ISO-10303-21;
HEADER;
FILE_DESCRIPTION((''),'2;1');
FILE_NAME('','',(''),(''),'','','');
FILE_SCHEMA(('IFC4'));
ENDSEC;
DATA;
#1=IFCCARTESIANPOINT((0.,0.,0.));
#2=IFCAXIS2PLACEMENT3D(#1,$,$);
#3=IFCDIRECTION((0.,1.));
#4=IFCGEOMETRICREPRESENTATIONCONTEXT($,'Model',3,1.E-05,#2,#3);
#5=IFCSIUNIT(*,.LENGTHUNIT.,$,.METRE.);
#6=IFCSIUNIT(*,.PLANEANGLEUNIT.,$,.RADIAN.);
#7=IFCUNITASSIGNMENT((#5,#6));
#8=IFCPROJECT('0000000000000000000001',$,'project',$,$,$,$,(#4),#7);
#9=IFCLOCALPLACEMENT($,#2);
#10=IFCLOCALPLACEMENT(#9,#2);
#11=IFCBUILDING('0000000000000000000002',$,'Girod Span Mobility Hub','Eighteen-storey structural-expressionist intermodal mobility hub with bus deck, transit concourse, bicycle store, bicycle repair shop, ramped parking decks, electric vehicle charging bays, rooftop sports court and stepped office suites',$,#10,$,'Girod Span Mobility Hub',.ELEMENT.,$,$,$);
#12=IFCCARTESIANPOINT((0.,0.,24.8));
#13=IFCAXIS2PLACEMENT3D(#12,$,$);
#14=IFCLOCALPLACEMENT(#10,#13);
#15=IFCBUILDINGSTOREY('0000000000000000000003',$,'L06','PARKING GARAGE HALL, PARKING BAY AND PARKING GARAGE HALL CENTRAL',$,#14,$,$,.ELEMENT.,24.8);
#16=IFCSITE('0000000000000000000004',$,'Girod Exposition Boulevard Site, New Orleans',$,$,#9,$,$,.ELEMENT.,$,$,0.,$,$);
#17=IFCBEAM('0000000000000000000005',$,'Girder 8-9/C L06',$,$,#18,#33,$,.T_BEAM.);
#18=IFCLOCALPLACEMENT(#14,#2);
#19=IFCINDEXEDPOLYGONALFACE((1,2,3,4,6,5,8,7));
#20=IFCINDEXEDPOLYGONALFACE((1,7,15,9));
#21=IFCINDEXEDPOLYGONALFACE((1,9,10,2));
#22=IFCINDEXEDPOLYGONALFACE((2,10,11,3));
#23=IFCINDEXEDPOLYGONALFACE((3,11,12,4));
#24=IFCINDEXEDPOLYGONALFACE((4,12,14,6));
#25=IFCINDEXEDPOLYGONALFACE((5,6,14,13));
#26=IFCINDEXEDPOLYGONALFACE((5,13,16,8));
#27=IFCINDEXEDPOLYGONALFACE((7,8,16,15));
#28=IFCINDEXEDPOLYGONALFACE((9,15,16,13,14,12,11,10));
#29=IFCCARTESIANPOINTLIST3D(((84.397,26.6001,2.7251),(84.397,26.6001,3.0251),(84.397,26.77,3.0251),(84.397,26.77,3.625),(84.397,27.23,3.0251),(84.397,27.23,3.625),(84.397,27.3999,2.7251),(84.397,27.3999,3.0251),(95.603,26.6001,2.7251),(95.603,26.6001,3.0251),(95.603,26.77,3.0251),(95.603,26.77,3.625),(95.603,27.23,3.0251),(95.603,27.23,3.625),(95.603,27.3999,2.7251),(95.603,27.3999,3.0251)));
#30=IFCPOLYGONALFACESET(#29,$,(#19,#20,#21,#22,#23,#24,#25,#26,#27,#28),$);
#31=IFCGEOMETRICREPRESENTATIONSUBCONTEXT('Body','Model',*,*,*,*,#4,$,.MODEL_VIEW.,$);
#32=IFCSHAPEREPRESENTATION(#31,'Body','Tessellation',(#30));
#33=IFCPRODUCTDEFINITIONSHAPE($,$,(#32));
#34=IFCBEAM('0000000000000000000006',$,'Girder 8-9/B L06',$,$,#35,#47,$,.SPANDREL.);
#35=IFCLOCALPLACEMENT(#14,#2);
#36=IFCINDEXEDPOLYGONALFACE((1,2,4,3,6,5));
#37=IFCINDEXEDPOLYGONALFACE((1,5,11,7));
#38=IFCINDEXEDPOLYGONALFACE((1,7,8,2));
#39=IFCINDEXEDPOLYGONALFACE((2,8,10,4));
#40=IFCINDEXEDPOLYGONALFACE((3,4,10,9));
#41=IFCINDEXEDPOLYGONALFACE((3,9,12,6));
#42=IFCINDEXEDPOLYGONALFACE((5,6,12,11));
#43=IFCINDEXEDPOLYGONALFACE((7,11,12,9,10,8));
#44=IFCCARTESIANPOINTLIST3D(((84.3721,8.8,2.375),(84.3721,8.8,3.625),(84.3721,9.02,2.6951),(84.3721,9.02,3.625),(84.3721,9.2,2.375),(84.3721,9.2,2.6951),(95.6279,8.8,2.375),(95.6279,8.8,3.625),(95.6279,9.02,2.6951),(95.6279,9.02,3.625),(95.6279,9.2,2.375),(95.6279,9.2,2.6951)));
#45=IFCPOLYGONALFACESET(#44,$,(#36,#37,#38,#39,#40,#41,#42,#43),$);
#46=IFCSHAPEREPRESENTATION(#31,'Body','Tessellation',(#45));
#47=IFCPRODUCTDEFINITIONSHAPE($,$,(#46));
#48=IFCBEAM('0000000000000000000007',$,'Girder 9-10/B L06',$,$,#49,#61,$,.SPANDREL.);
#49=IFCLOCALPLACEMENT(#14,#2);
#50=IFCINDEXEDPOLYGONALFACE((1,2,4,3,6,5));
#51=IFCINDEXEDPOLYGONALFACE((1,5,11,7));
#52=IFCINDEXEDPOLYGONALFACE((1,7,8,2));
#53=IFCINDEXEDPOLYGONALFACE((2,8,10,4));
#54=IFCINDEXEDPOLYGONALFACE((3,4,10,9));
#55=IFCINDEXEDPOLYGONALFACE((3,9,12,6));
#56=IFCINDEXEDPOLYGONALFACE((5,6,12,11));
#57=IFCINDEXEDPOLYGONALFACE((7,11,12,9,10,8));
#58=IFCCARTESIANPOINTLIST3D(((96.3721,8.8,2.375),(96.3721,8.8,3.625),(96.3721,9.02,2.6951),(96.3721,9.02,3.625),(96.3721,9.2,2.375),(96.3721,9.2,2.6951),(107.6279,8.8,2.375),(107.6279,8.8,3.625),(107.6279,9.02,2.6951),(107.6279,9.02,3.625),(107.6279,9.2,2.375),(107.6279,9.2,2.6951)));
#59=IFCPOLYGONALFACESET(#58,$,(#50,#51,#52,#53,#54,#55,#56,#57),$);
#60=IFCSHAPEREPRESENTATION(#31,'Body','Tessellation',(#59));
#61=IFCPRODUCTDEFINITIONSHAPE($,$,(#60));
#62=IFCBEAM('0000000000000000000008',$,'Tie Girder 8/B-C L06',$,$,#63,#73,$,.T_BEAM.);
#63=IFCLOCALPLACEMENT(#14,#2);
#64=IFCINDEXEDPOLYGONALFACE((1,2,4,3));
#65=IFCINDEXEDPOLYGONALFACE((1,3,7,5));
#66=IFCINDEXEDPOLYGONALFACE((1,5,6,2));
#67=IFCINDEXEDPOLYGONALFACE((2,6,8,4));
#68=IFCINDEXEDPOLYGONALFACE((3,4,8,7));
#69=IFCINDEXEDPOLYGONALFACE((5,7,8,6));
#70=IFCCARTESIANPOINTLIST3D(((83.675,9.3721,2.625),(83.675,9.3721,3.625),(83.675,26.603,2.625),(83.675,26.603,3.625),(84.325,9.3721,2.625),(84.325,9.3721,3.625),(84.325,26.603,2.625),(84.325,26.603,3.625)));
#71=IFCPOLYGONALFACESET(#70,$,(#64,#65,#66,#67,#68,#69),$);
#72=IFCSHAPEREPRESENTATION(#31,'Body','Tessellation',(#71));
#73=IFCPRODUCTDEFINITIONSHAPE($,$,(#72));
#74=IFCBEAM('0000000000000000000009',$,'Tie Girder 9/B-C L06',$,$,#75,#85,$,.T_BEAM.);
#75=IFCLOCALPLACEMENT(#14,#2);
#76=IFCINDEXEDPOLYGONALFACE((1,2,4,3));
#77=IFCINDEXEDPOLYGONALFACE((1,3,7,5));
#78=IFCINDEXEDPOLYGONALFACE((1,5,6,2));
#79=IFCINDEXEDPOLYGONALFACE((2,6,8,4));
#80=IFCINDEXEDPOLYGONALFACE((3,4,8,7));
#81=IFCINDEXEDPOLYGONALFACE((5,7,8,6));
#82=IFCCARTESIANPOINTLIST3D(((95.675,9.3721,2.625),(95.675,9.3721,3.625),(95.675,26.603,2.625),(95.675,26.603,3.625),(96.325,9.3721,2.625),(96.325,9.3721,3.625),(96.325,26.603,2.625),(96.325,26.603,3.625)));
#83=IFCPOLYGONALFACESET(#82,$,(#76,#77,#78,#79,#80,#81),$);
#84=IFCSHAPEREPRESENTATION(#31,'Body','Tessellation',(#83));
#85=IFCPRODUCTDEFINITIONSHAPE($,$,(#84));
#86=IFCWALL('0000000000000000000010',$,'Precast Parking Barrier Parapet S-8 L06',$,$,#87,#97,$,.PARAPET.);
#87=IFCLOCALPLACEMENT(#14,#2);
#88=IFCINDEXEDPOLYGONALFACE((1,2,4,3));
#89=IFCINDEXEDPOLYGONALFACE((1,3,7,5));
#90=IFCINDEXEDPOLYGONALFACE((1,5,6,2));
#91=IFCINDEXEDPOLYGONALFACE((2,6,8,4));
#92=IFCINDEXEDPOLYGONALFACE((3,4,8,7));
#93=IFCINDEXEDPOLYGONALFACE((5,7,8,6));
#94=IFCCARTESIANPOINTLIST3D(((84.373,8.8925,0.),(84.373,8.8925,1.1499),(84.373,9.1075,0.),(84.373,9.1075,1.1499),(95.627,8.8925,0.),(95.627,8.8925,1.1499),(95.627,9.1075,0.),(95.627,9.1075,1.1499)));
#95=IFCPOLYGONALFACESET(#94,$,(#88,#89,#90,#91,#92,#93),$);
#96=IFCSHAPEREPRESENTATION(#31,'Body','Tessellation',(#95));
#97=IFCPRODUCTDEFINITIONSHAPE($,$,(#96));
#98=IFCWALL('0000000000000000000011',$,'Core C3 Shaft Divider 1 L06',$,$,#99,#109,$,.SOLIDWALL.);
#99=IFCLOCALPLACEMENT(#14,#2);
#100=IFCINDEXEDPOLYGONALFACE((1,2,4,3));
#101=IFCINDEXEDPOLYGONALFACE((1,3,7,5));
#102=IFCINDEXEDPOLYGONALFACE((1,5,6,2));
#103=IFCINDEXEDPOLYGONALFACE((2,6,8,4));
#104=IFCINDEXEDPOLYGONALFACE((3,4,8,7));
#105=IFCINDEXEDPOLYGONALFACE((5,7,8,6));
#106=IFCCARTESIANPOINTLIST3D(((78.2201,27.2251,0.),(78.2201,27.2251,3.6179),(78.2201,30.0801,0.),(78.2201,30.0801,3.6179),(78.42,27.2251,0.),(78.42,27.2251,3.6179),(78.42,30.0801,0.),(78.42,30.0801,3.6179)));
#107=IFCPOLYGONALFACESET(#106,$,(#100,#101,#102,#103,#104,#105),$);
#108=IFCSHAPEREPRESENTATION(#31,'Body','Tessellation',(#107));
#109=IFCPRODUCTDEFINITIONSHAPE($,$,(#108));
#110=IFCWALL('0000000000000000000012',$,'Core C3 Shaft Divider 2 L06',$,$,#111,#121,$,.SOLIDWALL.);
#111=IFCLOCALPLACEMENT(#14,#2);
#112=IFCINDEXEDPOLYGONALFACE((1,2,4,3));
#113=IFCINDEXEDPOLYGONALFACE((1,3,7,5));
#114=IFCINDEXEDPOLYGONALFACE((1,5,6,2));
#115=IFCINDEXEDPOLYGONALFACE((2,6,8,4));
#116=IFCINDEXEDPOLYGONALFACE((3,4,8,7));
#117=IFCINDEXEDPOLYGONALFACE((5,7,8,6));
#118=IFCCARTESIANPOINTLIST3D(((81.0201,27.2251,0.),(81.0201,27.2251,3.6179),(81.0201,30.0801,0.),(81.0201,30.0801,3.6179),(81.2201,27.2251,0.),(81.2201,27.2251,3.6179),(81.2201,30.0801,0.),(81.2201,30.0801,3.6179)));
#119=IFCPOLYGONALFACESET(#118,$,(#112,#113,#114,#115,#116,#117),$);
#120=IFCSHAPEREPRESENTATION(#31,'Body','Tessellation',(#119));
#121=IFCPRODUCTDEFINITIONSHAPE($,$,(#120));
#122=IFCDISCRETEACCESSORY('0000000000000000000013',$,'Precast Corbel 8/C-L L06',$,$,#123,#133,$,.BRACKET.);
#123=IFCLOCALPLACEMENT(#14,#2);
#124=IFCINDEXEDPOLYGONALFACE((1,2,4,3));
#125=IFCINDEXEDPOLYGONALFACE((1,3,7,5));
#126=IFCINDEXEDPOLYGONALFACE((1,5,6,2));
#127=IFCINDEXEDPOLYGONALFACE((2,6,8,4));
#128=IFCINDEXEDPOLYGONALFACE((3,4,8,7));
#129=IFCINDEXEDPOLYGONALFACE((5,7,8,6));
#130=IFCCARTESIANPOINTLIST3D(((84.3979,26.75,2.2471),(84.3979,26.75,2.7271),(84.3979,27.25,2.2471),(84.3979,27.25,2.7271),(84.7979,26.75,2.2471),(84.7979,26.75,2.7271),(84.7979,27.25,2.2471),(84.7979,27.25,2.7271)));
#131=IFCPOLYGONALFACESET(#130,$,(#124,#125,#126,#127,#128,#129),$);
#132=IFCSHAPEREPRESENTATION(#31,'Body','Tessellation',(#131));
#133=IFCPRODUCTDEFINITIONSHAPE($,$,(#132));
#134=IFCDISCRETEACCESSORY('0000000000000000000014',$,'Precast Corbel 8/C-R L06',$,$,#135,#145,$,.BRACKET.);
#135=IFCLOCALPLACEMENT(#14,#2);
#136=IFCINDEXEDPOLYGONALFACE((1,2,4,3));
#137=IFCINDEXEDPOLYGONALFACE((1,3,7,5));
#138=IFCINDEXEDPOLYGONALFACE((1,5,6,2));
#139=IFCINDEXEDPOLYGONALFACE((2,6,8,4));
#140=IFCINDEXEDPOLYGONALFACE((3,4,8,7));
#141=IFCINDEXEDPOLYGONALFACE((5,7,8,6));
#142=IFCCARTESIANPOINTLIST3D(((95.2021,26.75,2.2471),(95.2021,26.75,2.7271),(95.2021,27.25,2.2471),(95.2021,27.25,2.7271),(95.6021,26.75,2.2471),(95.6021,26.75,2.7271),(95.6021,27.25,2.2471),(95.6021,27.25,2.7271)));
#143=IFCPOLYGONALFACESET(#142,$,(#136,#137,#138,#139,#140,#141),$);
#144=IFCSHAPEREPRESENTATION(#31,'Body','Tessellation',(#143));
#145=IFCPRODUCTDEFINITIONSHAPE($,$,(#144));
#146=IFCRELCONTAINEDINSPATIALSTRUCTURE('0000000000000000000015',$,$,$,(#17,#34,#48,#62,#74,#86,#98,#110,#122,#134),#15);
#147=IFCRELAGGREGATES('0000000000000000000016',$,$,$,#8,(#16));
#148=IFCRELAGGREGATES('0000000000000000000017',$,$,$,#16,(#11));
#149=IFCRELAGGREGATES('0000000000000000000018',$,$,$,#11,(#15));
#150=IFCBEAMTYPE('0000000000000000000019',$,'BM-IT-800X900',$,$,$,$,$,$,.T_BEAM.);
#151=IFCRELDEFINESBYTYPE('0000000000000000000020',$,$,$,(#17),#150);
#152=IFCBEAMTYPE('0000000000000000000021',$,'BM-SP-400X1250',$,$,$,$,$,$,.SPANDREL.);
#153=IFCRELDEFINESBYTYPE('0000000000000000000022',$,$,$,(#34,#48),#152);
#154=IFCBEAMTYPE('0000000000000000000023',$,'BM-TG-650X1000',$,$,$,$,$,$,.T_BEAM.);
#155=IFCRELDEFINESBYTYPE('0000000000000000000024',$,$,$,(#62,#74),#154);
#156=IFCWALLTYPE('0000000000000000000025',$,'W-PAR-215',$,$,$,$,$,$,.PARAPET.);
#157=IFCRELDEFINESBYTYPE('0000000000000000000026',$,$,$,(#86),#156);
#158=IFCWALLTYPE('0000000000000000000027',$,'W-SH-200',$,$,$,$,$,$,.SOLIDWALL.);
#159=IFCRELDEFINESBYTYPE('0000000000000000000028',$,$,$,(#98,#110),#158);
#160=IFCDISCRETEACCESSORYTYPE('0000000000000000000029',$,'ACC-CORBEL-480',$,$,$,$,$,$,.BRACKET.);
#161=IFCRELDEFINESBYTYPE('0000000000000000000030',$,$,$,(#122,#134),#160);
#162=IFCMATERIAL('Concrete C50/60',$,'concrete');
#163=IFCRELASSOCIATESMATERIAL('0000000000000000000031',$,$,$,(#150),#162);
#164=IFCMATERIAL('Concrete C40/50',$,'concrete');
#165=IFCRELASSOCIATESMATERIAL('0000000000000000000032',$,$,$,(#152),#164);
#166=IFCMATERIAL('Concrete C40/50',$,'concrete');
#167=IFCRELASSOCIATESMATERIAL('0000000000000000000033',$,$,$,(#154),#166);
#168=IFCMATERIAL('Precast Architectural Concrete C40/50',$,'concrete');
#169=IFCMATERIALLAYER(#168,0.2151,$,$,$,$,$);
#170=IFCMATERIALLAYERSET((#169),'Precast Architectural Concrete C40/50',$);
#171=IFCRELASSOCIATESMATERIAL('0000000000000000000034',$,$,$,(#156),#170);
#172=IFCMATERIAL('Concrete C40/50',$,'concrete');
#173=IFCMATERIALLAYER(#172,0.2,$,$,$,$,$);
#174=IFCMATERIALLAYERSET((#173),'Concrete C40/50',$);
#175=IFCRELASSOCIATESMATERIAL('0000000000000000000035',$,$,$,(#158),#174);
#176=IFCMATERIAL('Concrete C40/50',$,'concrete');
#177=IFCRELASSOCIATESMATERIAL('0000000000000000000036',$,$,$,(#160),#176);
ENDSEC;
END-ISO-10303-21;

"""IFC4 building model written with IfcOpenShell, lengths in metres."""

from ifc_helpers import new_model, si_unit, direction, frame, frame_2d, origin, origin_2d, place, context, subcontext, project, spatial, polyline, rectangle, outline, extrude, material, layer, layer_set, material_profile, profile_set, type_object, element, save


model = new_model("IFC4")

# Units and contexts
model_context = context("Model", 3, precision=1e-05, world=origin(), true_north=direction((0.0, 1.0)))
body_context = subcontext(model_context, "Body", "Model", "MODEL_VIEW")
ifc_project = project(units=[si_unit("LENGTHUNIT", "METRE"), si_unit("PLANEANGLEUNIT", "RADIAN")], contexts=[model_context])

# Site, building, storey
site_placement = place(None, origin())
site = spatial("IfcSite", under=ifc_project, at=site_placement, Name="Girod Exposition Boulevard Site, New Orleans", CompositionType="ELEMENT", RefElevation=0.0)
building_placement = place(site_placement, origin())
building = spatial("IfcBuilding", under=site, at=building_placement, Name="Girod Span Mobility Hub", Description="Eighteen-storey structural-expressionist intermodal mobility hub with bus deck, transit concourse, bicycle store, bicycle repair shop, ramped parking decks, electric vehicle charging bays, rooftop sports court and stepped office suites", LongName="Girod Span Mobility Hub", CompositionType="ELEMENT")
storey_placement = place(building_placement, frame((0.0, 0.0, 24.8)))
storey = spatial("IfcBuildingStorey", under=building, at=storey_placement, Name="L06", Description="PARKING GARAGE HALL, PARKING BAY AND PARKING GARAGE HALL CENTRAL", CompositionType="ELEMENT", Elevation=24.8)

# Beams
ifc_material_1 = material(Name="Concrete C50/60", Category="concrete")
ifc_material_profile_1 = material_profile(ifc_material_1, outline(polyline([(-0.3999, -0.45), (0.3999, -0.45), (0.3999, -0.1499), (0.23, -0.1499), (0.23, 0.45), (-0.23, 0.45), (-0.23, -0.1499), (-0.3999, -0.1499), (-0.3999, -0.45)])), Name="IT-800X900")
ifc_profile_set_1 = profile_set([ifc_material_profile_1], Name="Concrete C50/60")
beam_type_1 = type_object("IfcBeamType", Name="BM-IT-800X900", PredefinedType="T_BEAM", material=ifc_profile_set_1)
beam_1_placement = place(storey_placement, frame((84.397, 27.0, 3.175), z_axis=(1.0, 0.0, 0.0), x_axis=(0.0, 1.0, 0.0)))
element("IfcBeam", 1, at=beam_1_placement, inside=storey, type_object=beam_type_1, Name="Girder 8-9/C L06", PredefinedType="T_BEAM", context=body_context, shape_type="SweptSolid", body=[
    extrude(outline(polyline([(-0.3999, -0.45), (0.3999, -0.45), (0.3999, -0.1499), (0.23, -0.1499), (0.23, 0.45), (-0.23, 0.45), (-0.23, -0.1499), (-0.3999, -0.1499), (-0.3999, -0.45)])), origin(), (0.0, 0.0, 1.0), 11.2061),
])
ifc_material_2 = material(Name="Concrete C40/50", Category="concrete")
ifc_material_profile_2 = material_profile(ifc_material_2, outline(polyline([(-0.2, -0.625), (0.2, -0.625), (0.2, -0.3049), (0.02, -0.3049), (0.02, 0.625), (-0.2, 0.625), (-0.2, -0.625)])), Name="SP-400X1250")
ifc_profile_set_2 = profile_set([ifc_material_profile_2], Name="Concrete C40/50")
beam_type_2 = type_object("IfcBeamType", Name="BM-SP-400X1250", PredefinedType="SPANDREL", material=ifc_profile_set_2)
for number, where, z_axis, x_axis, name in (
    (2, (84.3721, 9.0, 3.0), (1.0, 0.0, 0.0), (0.0, 1.0, 0.0), "Girder 8-9/B L06"),
    (3, (96.3721, 9.0, 3.0), (1.0, 0.0, 0.0), (0.0, 1.0, 0.0), "Girder 9-10/B L06"),
):
    element("IfcBeam", number, at=place(storey_placement, frame(where, z_axis=z_axis, x_axis=x_axis)), inside=storey, type_object=beam_type_2, Name=name, PredefinedType="SPANDREL", context=body_context, shape_type="SweptSolid", body=[
        extrude(outline(polyline([(-0.2, -0.625), (0.2, -0.625), (0.2, -0.3049), (0.02, -0.3049), (0.02, 0.625), (-0.2, 0.625), (-0.2, -0.625)])), origin(), (0.0, 0.0, 1.0), 11.2559),
    ])
ifc_material_3 = material(Name="Concrete C40/50", Category="concrete")
ifc_material_profile_3 = material_profile(ifc_material_3, rectangle(XDim=0.6499, YDim=1.0, at=origin_2d()), Name="TG-650X1000")
ifc_profile_set_3 = profile_set([ifc_material_profile_3], Name="Concrete C40/50")
beam_type_3 = type_object("IfcBeamType", Name="BM-TG-650X1000", PredefinedType="T_BEAM", material=ifc_profile_set_3)
for number, where, z_axis, x_axis, name in (
    (4, (84.0, 9.3721, 3.125), (0.0, 1.0, 0.0), (-1.0, 0.0, 0.0), "Tie Girder 8/B-C L06"),
    (5, (96.0, 9.3721, 3.125), (0.0, 1.0, 0.0), (-1.0, 0.0, 0.0), "Tie Girder 9/B-C L06"),
):
    element("IfcBeam", number, at=place(storey_placement, frame(where, z_axis=z_axis, x_axis=x_axis)), inside=storey, type_object=beam_type_3, Name=name, PredefinedType="T_BEAM", context=body_context, shape_type="SweptSolid", body=[
        extrude(rectangle(XDim=0.6499, YDim=1.0, at=origin_2d()), origin(), (0.0, 0.0, 1.0), 17.231),
    ])

# Walls
ifc_material_4 = material(Name="Precast Architectural Concrete C40/50", Category="concrete")
ifc_layer_1 = layer(ifc_material_4, 0.2151)
ifc_layer_set_1 = layer_set([ifc_layer_1], Name="Precast Architectural Concrete C40/50")
wall_type_1 = type_object("IfcWallType", Name="W-PAR-215", PredefinedType="PARAPET", material=ifc_layer_set_1)
wall_placement = place(storey_placement, frame((84.373, 9.0, 0.0), z_axis=(0.0, 0.0, 1.0), x_axis=(1.0, 0.0, 0.0)))
element("IfcWall", 6, at=wall_placement, inside=storey, type_object=wall_type_1, Name="Precast Parking Barrier Parapet S-8 L06", PredefinedType="PARAPET", context=body_context, shape_type="SweptSolid", body=[
    extrude(rectangle(XDim=11.2539, YDim=0.2151, at=frame_2d((5.627, 0.0))), origin(), (0.0, 0.0, 1.0), 1.1499),
])
ifc_material_5 = material(Name="Concrete C40/50", Category="concrete")
ifc_layer_2 = layer(ifc_material_5, 0.2)
ifc_layer_set_2 = layer_set([ifc_layer_2], Name="Concrete C40/50")
wall_type_2 = type_object("IfcWallType", Name="W-SH-200", PredefinedType="SOLIDWALL", material=ifc_layer_set_2)
for number, where, z_axis, x_axis, name in (
    (7, (78.3201, 27.2251, 0.0), (0.0, 0.0, 1.0), (0.0, 1.0, 0.0), "Core C3 Shaft Divider 1 L06"),
    (8, (81.1201, 27.2251, 0.0), (0.0, 0.0, 1.0), (0.0, 1.0, 0.0), "Core C3 Shaft Divider 2 L06"),
):
    element("IfcWall", number, at=place(storey_placement, frame(where, z_axis=z_axis, x_axis=x_axis)), inside=storey, type_object=wall_type_2, Name=name, PredefinedType="SOLIDWALL", context=body_context, shape_type="SweptSolid", body=[
        extrude(rectangle(XDim=2.855, YDim=0.2, at=frame_2d((1.4275, 0.0))), origin(), (0.0, 0.0, 1.0), 3.6179),
    ])

# Discrete accessories
ifc_material_6 = material(Name="Concrete C40/50", Category="concrete")
discrete_accessory_type = type_object("IfcDiscreteAccessoryType", Name="ACC-CORBEL-480", PredefinedType="BRACKET", material=ifc_material_6)
for number, where, z_axis, x_axis, name in (
    (9, (84.5979, 27.0, 2.2471), (0.0, 0.0, 1.0), (1.0, 0.0, 0.0), "Precast Corbel 8/C-L L06"),
    (10, (95.4021, 27.0, 2.2471), (0.0, 0.0, 1.0), (1.0, 0.0, 0.0), "Precast Corbel 8/C-R L06"),
):
    element("IfcDiscreteAccessory", number, at=place(storey_placement, frame(where, z_axis=z_axis, x_axis=x_axis)), inside=storey, type_object=discrete_accessory_type, Name=name, PredefinedType="BRACKET", context=body_context, shape_type="SweptSolid", body=[
        extrude(rectangle(XDim=0.3999, YDim=0.5, at=origin_2d()), origin(), (0.0, 0.0, 1.0), 0.48),
    ])

save(model, "model.ifc")
